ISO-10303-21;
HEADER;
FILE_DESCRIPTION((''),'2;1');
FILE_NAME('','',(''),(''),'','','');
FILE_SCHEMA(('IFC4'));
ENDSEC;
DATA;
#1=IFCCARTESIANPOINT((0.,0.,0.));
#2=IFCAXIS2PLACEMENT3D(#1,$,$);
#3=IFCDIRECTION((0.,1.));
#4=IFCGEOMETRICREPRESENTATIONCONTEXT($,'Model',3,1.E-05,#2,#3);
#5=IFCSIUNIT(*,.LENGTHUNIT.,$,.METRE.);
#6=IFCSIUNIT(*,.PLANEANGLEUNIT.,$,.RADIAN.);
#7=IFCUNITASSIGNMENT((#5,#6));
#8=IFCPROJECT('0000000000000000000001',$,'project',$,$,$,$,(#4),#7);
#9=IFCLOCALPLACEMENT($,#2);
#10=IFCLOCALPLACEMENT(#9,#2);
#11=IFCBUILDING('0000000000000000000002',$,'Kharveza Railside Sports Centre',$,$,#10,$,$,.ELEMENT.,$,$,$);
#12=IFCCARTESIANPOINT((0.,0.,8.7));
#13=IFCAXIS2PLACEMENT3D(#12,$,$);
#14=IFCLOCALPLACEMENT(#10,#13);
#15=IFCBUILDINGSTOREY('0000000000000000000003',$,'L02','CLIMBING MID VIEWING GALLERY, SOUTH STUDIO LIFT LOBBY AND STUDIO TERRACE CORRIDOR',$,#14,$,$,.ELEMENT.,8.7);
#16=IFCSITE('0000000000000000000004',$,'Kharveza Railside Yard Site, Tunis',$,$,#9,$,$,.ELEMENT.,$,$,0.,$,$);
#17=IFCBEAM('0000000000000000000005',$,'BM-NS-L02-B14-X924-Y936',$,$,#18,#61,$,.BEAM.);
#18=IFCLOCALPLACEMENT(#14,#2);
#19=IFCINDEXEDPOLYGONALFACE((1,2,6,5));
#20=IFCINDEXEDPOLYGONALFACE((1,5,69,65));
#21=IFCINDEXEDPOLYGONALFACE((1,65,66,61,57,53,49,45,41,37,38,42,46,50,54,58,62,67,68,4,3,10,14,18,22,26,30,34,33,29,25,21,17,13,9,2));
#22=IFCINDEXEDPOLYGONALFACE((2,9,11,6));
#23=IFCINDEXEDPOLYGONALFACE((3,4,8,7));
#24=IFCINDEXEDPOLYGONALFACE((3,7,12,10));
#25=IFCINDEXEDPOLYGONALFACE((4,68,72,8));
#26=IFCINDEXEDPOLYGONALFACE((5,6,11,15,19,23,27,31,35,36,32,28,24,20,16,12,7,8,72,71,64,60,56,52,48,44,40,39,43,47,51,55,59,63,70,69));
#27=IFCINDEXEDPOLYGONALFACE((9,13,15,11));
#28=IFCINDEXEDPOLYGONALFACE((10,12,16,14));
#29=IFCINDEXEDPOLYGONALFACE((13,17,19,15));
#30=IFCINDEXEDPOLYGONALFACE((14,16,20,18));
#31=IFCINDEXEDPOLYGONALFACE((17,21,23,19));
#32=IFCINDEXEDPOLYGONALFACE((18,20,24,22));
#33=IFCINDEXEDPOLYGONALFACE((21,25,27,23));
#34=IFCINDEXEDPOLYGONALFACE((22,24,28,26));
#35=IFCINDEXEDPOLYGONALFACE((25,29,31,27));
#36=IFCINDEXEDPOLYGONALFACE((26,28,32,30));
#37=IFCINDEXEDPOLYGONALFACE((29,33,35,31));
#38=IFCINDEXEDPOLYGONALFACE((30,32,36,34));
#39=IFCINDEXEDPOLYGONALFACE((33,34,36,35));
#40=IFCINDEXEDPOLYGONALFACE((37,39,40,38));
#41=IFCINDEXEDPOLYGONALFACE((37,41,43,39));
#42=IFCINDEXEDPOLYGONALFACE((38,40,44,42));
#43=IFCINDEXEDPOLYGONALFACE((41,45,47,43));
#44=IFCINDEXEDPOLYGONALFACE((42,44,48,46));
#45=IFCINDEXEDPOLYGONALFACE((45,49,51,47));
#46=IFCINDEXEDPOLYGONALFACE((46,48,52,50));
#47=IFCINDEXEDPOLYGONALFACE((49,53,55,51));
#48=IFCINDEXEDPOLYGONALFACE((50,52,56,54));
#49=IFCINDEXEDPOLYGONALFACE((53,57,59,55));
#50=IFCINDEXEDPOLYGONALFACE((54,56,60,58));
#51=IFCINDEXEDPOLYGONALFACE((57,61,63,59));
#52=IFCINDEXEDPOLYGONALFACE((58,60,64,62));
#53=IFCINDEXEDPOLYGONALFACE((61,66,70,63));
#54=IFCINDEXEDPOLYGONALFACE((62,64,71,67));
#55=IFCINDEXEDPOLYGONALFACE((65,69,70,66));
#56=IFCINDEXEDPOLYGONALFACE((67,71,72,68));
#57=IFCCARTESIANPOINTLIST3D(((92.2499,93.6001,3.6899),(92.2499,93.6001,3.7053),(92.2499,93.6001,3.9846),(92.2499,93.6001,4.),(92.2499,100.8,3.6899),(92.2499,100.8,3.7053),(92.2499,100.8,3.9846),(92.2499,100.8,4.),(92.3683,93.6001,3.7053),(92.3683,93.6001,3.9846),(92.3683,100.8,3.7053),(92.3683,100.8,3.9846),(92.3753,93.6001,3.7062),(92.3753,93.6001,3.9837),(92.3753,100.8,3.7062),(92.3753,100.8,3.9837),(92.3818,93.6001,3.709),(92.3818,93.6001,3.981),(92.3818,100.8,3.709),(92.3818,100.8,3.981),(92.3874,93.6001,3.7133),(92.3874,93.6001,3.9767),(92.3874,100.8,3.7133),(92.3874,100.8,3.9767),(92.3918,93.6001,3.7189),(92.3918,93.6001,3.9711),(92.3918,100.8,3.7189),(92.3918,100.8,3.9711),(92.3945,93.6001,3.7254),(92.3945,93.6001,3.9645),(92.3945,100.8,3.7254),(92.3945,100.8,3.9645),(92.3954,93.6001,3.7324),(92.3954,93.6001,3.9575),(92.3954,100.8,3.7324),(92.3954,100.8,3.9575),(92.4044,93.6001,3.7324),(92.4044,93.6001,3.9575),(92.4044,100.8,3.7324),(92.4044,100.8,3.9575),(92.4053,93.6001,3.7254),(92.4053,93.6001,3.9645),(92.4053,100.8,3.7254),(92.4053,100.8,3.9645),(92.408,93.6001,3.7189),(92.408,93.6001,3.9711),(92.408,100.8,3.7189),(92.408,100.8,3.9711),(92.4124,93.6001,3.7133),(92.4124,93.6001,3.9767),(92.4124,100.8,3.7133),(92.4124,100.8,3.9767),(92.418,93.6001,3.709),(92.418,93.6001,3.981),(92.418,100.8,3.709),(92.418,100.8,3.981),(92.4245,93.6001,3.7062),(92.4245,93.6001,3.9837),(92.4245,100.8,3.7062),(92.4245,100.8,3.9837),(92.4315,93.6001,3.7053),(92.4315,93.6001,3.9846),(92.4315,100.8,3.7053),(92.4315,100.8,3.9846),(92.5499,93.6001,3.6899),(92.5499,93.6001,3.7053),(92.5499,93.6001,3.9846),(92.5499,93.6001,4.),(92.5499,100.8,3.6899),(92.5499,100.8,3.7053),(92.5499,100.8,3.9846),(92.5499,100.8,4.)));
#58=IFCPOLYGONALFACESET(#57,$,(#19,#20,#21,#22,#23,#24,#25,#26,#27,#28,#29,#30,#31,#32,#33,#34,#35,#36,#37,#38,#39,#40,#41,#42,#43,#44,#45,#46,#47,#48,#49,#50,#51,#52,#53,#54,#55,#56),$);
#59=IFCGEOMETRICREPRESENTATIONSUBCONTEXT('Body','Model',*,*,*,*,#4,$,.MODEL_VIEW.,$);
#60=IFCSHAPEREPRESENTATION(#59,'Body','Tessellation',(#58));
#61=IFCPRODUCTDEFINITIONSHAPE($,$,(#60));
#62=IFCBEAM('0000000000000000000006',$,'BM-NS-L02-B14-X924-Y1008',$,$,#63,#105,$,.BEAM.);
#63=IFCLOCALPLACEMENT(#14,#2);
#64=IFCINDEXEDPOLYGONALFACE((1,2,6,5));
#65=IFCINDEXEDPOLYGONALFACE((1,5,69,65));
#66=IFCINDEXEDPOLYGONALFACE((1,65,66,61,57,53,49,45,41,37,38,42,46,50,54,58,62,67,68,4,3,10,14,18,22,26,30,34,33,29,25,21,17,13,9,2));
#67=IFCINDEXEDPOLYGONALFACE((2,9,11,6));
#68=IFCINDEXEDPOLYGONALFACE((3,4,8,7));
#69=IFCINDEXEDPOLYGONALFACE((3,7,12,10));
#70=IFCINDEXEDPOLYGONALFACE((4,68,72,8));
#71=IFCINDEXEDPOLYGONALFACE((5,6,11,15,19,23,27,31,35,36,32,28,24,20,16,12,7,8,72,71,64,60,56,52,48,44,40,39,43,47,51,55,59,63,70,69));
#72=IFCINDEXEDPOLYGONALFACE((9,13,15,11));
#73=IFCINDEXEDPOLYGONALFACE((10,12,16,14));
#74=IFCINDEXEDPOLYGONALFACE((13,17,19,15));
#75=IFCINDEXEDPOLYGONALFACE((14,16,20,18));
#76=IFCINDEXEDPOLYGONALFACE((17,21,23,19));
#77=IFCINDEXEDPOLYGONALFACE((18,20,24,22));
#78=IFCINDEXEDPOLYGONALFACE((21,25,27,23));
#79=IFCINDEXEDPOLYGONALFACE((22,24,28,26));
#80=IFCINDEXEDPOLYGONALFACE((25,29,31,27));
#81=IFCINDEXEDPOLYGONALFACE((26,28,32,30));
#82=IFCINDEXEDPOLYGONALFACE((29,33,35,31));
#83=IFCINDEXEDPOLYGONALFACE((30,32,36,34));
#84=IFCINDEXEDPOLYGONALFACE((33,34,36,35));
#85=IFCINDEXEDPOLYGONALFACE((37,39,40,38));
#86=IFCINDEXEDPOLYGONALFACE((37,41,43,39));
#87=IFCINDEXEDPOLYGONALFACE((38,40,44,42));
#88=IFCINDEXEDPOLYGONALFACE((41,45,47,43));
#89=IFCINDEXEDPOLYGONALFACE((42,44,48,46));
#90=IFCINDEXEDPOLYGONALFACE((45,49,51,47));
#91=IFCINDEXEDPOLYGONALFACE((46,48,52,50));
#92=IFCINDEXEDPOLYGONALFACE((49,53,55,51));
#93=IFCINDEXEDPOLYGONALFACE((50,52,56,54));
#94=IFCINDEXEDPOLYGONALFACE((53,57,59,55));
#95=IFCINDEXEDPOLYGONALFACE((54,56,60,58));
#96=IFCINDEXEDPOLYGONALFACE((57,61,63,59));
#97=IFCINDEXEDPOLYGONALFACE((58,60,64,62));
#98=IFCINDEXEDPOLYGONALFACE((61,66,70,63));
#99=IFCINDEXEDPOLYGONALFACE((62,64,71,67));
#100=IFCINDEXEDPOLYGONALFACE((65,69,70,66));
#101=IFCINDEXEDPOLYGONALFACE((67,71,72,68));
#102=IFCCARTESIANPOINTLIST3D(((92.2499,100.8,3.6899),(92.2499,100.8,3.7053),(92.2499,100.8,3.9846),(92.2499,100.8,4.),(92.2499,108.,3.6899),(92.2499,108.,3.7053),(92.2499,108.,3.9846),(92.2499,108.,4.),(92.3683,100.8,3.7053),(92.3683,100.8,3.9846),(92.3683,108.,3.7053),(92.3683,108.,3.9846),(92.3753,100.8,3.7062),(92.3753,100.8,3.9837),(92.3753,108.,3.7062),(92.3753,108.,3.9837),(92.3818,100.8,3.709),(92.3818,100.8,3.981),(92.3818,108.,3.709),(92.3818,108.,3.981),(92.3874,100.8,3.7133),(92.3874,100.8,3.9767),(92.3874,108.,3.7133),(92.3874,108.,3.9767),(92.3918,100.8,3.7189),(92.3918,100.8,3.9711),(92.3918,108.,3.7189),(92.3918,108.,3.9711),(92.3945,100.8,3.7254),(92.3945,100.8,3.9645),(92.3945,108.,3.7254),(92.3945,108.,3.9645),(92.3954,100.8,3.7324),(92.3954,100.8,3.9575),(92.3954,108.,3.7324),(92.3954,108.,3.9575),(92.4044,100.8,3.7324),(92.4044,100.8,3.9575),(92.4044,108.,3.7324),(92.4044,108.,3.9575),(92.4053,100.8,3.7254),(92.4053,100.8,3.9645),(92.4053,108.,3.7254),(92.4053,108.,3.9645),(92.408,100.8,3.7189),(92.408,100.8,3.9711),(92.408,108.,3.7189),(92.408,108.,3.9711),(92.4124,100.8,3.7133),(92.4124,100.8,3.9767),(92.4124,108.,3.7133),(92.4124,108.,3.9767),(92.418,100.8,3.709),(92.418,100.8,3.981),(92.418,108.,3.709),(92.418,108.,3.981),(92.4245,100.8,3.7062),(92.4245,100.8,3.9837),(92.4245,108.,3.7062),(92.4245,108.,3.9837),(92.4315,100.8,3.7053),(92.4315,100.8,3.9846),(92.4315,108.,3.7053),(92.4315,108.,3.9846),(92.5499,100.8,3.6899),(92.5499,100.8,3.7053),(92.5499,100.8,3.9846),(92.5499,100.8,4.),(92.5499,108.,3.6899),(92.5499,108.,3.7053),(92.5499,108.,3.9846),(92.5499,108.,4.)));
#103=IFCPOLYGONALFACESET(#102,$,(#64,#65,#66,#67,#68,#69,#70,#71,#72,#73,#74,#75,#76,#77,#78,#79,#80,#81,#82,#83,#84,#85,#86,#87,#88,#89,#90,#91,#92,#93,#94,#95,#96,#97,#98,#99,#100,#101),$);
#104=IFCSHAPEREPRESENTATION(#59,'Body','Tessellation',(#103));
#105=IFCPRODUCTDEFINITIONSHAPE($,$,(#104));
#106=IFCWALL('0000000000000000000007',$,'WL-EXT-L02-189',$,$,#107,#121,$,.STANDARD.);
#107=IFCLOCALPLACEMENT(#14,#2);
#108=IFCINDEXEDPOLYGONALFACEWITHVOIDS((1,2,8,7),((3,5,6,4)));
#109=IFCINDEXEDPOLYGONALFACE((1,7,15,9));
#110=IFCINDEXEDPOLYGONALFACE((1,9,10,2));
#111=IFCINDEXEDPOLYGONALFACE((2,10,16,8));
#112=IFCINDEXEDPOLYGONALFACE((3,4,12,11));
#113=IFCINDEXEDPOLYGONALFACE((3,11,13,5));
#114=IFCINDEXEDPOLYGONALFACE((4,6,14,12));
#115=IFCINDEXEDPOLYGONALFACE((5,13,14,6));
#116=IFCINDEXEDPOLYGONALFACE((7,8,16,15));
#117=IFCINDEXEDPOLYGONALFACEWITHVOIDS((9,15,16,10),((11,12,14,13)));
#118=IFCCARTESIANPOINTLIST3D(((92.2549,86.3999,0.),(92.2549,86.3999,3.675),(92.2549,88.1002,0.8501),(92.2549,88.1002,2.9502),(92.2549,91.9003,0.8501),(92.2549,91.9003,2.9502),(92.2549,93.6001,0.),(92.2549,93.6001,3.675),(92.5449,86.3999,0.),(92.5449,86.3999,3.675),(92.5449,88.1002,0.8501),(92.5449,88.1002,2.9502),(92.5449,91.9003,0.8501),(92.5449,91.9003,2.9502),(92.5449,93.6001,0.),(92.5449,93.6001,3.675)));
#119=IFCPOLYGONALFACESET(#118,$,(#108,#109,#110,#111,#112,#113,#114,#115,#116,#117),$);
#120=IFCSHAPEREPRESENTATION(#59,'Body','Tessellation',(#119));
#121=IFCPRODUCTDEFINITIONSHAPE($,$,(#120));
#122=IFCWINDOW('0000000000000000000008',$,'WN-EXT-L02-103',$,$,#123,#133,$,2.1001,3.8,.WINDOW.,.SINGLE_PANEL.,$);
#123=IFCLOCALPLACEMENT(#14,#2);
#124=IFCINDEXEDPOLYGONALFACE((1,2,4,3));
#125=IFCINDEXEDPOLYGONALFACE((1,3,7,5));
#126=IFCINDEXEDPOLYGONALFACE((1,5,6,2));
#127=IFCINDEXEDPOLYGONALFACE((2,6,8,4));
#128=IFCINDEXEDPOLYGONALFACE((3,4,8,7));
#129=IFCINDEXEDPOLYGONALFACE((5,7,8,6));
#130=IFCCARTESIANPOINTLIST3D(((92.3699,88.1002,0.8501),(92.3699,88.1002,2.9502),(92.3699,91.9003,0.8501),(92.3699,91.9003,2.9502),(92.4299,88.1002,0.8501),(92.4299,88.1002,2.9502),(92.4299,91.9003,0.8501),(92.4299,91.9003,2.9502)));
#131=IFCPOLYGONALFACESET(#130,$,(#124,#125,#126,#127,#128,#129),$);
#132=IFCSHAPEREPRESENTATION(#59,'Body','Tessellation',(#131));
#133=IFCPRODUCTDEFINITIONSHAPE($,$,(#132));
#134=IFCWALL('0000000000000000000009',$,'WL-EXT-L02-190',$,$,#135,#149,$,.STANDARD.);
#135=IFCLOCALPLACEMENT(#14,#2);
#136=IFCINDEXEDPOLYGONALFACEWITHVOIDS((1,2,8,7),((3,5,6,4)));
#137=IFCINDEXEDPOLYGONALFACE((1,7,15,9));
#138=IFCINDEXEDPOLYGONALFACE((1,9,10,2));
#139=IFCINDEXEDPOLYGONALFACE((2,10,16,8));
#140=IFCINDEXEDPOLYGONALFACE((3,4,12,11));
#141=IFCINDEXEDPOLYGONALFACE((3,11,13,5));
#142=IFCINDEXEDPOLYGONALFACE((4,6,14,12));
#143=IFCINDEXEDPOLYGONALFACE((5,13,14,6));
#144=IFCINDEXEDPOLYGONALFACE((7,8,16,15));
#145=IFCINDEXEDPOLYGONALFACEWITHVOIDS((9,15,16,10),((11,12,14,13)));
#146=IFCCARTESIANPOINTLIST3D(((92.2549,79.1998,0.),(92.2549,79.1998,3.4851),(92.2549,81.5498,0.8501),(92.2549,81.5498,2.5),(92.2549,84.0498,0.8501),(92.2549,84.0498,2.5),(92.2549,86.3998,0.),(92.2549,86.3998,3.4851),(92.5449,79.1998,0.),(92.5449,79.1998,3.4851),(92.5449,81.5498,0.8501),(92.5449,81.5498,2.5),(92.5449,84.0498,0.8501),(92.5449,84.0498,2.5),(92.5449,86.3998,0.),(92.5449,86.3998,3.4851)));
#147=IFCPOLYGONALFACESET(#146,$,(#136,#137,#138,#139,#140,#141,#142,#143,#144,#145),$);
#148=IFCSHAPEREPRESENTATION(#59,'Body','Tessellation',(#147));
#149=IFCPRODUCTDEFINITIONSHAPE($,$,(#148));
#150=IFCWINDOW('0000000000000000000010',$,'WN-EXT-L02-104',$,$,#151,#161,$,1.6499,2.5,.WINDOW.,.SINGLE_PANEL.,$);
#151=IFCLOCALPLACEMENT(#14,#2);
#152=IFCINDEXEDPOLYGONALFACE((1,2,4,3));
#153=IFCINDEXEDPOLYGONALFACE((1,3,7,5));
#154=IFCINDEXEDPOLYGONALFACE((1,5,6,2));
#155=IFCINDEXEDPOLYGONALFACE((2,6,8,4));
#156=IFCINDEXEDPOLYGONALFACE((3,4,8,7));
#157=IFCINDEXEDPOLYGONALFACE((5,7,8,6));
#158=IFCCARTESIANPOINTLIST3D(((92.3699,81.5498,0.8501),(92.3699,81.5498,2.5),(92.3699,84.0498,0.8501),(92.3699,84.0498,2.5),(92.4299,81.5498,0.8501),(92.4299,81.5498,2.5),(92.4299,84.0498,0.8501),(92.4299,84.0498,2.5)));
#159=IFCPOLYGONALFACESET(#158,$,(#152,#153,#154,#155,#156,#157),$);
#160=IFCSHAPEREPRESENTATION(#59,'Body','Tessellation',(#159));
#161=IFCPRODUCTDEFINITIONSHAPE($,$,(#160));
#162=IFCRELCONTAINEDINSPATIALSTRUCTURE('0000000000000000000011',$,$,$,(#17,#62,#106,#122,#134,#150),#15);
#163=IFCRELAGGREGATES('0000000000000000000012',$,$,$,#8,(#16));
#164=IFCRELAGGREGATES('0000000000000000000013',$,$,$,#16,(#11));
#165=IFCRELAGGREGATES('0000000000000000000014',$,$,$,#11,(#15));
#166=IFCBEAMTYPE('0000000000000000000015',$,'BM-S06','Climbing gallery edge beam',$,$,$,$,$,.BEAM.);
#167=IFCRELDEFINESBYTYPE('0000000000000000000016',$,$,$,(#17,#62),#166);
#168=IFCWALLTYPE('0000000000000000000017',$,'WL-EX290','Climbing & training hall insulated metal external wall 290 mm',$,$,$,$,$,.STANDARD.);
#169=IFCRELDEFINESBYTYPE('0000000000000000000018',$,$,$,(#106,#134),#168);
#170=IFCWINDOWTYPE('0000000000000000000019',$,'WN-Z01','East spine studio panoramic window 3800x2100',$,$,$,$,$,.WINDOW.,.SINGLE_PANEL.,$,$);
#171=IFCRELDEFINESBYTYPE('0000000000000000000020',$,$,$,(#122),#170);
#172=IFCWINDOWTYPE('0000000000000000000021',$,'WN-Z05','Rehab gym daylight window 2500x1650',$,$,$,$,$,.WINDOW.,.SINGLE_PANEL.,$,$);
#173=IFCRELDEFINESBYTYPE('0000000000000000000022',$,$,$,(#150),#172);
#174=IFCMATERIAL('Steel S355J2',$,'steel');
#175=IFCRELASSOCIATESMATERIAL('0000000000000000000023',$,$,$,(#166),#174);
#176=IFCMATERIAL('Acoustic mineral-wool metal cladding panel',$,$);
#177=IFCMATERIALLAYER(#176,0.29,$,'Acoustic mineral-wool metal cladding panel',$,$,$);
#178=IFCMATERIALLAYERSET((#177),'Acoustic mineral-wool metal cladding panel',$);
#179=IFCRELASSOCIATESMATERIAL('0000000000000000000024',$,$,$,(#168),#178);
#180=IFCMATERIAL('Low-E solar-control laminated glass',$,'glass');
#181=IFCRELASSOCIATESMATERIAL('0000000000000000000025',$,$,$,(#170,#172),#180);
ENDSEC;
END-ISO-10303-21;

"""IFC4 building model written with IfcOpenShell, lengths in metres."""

from ifc_helpers import new_model, si_unit, direction, frame, frame_2d, origin, origin_2d, place, context, subcontext, project, spatial, rectangle, i_section, extrude, material, layer, layer_set, material_profile, profile_set, type_object, element, fill, save


model = new_model("IFC4")

# Units and contexts
model_context = context("Model", 3, precision=1e-05, world=origin(), true_north=direction((0.0, 1.0)))
body_context = subcontext(model_context, "Body", "Model", "MODEL_VIEW")
ifc_project = project(units=[si_unit("LENGTHUNIT", "METRE"), si_unit("PLANEANGLEUNIT", "RADIAN")], contexts=[model_context])

# Site, building, storey
site_placement = place(None, origin())
site = spatial("IfcSite", under=ifc_project, at=site_placement, Name="Kharveza Railside Yard Site, Tunis", CompositionType="ELEMENT", RefElevation=0.0)
building_placement = place(site_placement, origin())
building = spatial("IfcBuilding", under=site, at=building_placement, Name="Kharveza Railside Sports Centre", CompositionType="ELEMENT")
storey_placement = place(building_placement, frame((0.0, 0.0, 8.7)))
storey = spatial("IfcBuildingStorey", under=building, at=storey_placement, Name="L02", Description="CLIMBING MID VIEWING GALLERY, SOUTH STUDIO LIFT LOBBY AND STUDIO TERRACE CORRIDOR", CompositionType="ELEMENT", Elevation=8.7)

# Shared definitions
ifc_material_1 = material(Name="Steel S355J2", Category="steel")

# Beams
ifc_material_profile_1 = material_profile(ifc_material_1, i_section(OverallWidth=0.3, OverallDepth=0.3101, WebThickness=0.009, FlangeThickness=0.0154, FilletRadius=0.0271, at=origin_2d()), Name="HEA 320")
ifc_profile_set_1 = profile_set([ifc_material_profile_1], Name="Steel S355J2")
beam_type_1 = type_object("IfcBeamType", Name="BM-S06", Description="Climbing gallery edge beam", PredefinedType="BEAM", material=ifc_profile_set_1)
for number, where, z_axis, x_axis, name in (
    (1, (92.3999, 93.6001, 3.845), (0.0, 1.0, 0.0), (-1.0, 0.0, 0.0), "BM-NS-L02-B14-X924-Y936"),
    (2, (92.3999, 100.8, 3.845), (0.0, 1.0, 0.0), (-1.0, 0.0, 0.0), "BM-NS-L02-B14-X924-Y1008"),
):
    element("IfcBeam", number, at=place(storey_placement, frame(where, z_axis=z_axis, x_axis=x_axis)), inside=storey, type_object=beam_type_1, Name=name, PredefinedType="BEAM", context=body_context, shape_type="SweptSolid", body=[
        extrude(i_section(OverallWidth=0.3, OverallDepth=0.3101, WebThickness=0.009, FlangeThickness=0.0154, FilletRadius=0.0271, at=origin_2d()), origin(), (0.0, 0.0, 1.0), 7.2),
    ])

# Walls, openings, windows
ifc_material_2 = material(Name="Acoustic mineral-wool metal cladding panel")
ifc_layer = layer(ifc_material_2, 0.29, Name="Acoustic mineral-wool metal cladding panel")
ifc_layer_set = layer_set([ifc_layer], Name="Acoustic mineral-wool metal cladding panel")
wall_type = type_object("IfcWallType", Name="WL-EX290", Description="Climbing & training hall insulated metal external wall 290 mm", PredefinedType="STANDARD", material=ifc_layer_set)
wall_1_placement = place(storey_placement, frame((92.3999, 93.6001, 0.0), z_axis=(0.0, 0.0, 1.0), x_axis=(0.0, -1.0, 0.0)))
wall_1 = element("IfcWall", 3, at=wall_1_placement, inside=storey, type_object=wall_type, Name="WL-EXT-L02-189", PredefinedType="STANDARD", context=body_context, shape_type="SweptSolid", body=[
    extrude(rectangle(XDim=7.2002, YDim=0.29, at=frame_2d((3.6001, 0.0))), origin(), (0.0, 0.0, 1.0), 3.675),
])
opening_1_placement = place(wall_1_placement, frame((1.7, 0.0, 0.8501)))
opening_1 = element("IfcOpeningElement", 4, at=opening_1_placement, cuts=wall_1, PredefinedType="OPENING", context=body_context, shape_type="SweptSolid", body=[
    extrude(rectangle(XDim=3.8, YDim=2.1001, at=frame_2d((1.8999, 1.05))), frame((0.0, 0.1699, 0.0), z_axis=(0.0, -1.0, 0.0), x_axis=(1.0, 0.0, 0.0)), (0.0, 0.0, 1.0), 0.3398),
])
ifc_material_3 = material(Name="Low-E solar-control laminated glass", Category="glass")
window_type_1 = type_object("IfcWindowType", Name="WN-Z01", Description="East spine studio panoramic window 3800x2100", PartitioningType="SINGLE_PANEL", PredefinedType="WINDOW", material=ifc_material_3)
window_1_placement = place(opening_1_placement, origin())
window_1 = element("IfcWindow", 5, at=window_1_placement, inside=storey, type_object=window_type_1, Name="WN-EXT-L02-103", OverallHeight=2.1001, OverallWidth=3.8, PartitioningType="SINGLE_PANEL", PredefinedType="WINDOW", context=body_context, shape_type="SweptSolid", body=[
    extrude(rectangle(XDim=3.8, YDim=2.1001, at=frame_2d((1.8999, 1.05))), frame((0.0, 0.03, 0.0), z_axis=(0.0, -1.0, 0.0), x_axis=(1.0, 0.0, 0.0)), (0.0, 0.0, 1.0), 0.0601),
])
fill(opening_1, window_1)
wall_2_placement = place(storey_placement, frame((92.3999, 86.3999, 0.0), z_axis=(0.0, 0.0, 1.0), x_axis=(0.0, -1.0, 0.0)))
wall_2 = element("IfcWall", 6, at=wall_2_placement, inside=storey, type_object=wall_type, Name="WL-EXT-L02-190", PredefinedType="STANDARD", context=body_context, shape_type="SweptSolid", body=[
    extrude(rectangle(XDim=7.2, YDim=0.29, at=frame_2d((3.6001, 0.0))), origin(), (0.0, 0.0, 1.0), 3.4851),
])
opening_2_placement = place(wall_2_placement, frame((2.3501, 0.0, 0.8501)))
opening_2 = element("IfcOpeningElement", 7, at=opening_2_placement, cuts=wall_2, PredefinedType="OPENING", context=body_context, shape_type="SweptSolid", body=[
    extrude(rectangle(XDim=2.5, YDim=1.6499, at=frame_2d((1.25, 0.825))), frame((0.0, 0.1699, 0.0), z_axis=(0.0, -1.0, 0.0), x_axis=(1.0, 0.0, 0.0)), (0.0, 0.0, 1.0), 0.3398),
])
window_type_2 = type_object("IfcWindowType", Name="WN-Z05", Description="Rehab gym daylight window 2500x1650", PartitioningType="SINGLE_PANEL", PredefinedType="WINDOW", material=ifc_material_3)
window_2_placement = place(opening_2_placement, origin())
window_2 = element("IfcWindow", 8, at=window_2_placement, inside=storey, type_object=window_type_2, Name="WN-EXT-L02-104", OverallHeight=1.6499, OverallWidth=2.5, PartitioningType="SINGLE_PANEL", PredefinedType="WINDOW", context=body_context, shape_type="SweptSolid", body=[
    extrude(rectangle(XDim=2.5, YDim=1.6499, at=frame_2d((1.25, 0.825))), frame((0.0, 0.03, 0.0), z_axis=(0.0, -1.0, 0.0), x_axis=(1.0, 0.0, 0.0)), (0.0, 0.0, 1.0), 0.0601),
])
fill(opening_2, window_2)

save(model, "model.ifc")
